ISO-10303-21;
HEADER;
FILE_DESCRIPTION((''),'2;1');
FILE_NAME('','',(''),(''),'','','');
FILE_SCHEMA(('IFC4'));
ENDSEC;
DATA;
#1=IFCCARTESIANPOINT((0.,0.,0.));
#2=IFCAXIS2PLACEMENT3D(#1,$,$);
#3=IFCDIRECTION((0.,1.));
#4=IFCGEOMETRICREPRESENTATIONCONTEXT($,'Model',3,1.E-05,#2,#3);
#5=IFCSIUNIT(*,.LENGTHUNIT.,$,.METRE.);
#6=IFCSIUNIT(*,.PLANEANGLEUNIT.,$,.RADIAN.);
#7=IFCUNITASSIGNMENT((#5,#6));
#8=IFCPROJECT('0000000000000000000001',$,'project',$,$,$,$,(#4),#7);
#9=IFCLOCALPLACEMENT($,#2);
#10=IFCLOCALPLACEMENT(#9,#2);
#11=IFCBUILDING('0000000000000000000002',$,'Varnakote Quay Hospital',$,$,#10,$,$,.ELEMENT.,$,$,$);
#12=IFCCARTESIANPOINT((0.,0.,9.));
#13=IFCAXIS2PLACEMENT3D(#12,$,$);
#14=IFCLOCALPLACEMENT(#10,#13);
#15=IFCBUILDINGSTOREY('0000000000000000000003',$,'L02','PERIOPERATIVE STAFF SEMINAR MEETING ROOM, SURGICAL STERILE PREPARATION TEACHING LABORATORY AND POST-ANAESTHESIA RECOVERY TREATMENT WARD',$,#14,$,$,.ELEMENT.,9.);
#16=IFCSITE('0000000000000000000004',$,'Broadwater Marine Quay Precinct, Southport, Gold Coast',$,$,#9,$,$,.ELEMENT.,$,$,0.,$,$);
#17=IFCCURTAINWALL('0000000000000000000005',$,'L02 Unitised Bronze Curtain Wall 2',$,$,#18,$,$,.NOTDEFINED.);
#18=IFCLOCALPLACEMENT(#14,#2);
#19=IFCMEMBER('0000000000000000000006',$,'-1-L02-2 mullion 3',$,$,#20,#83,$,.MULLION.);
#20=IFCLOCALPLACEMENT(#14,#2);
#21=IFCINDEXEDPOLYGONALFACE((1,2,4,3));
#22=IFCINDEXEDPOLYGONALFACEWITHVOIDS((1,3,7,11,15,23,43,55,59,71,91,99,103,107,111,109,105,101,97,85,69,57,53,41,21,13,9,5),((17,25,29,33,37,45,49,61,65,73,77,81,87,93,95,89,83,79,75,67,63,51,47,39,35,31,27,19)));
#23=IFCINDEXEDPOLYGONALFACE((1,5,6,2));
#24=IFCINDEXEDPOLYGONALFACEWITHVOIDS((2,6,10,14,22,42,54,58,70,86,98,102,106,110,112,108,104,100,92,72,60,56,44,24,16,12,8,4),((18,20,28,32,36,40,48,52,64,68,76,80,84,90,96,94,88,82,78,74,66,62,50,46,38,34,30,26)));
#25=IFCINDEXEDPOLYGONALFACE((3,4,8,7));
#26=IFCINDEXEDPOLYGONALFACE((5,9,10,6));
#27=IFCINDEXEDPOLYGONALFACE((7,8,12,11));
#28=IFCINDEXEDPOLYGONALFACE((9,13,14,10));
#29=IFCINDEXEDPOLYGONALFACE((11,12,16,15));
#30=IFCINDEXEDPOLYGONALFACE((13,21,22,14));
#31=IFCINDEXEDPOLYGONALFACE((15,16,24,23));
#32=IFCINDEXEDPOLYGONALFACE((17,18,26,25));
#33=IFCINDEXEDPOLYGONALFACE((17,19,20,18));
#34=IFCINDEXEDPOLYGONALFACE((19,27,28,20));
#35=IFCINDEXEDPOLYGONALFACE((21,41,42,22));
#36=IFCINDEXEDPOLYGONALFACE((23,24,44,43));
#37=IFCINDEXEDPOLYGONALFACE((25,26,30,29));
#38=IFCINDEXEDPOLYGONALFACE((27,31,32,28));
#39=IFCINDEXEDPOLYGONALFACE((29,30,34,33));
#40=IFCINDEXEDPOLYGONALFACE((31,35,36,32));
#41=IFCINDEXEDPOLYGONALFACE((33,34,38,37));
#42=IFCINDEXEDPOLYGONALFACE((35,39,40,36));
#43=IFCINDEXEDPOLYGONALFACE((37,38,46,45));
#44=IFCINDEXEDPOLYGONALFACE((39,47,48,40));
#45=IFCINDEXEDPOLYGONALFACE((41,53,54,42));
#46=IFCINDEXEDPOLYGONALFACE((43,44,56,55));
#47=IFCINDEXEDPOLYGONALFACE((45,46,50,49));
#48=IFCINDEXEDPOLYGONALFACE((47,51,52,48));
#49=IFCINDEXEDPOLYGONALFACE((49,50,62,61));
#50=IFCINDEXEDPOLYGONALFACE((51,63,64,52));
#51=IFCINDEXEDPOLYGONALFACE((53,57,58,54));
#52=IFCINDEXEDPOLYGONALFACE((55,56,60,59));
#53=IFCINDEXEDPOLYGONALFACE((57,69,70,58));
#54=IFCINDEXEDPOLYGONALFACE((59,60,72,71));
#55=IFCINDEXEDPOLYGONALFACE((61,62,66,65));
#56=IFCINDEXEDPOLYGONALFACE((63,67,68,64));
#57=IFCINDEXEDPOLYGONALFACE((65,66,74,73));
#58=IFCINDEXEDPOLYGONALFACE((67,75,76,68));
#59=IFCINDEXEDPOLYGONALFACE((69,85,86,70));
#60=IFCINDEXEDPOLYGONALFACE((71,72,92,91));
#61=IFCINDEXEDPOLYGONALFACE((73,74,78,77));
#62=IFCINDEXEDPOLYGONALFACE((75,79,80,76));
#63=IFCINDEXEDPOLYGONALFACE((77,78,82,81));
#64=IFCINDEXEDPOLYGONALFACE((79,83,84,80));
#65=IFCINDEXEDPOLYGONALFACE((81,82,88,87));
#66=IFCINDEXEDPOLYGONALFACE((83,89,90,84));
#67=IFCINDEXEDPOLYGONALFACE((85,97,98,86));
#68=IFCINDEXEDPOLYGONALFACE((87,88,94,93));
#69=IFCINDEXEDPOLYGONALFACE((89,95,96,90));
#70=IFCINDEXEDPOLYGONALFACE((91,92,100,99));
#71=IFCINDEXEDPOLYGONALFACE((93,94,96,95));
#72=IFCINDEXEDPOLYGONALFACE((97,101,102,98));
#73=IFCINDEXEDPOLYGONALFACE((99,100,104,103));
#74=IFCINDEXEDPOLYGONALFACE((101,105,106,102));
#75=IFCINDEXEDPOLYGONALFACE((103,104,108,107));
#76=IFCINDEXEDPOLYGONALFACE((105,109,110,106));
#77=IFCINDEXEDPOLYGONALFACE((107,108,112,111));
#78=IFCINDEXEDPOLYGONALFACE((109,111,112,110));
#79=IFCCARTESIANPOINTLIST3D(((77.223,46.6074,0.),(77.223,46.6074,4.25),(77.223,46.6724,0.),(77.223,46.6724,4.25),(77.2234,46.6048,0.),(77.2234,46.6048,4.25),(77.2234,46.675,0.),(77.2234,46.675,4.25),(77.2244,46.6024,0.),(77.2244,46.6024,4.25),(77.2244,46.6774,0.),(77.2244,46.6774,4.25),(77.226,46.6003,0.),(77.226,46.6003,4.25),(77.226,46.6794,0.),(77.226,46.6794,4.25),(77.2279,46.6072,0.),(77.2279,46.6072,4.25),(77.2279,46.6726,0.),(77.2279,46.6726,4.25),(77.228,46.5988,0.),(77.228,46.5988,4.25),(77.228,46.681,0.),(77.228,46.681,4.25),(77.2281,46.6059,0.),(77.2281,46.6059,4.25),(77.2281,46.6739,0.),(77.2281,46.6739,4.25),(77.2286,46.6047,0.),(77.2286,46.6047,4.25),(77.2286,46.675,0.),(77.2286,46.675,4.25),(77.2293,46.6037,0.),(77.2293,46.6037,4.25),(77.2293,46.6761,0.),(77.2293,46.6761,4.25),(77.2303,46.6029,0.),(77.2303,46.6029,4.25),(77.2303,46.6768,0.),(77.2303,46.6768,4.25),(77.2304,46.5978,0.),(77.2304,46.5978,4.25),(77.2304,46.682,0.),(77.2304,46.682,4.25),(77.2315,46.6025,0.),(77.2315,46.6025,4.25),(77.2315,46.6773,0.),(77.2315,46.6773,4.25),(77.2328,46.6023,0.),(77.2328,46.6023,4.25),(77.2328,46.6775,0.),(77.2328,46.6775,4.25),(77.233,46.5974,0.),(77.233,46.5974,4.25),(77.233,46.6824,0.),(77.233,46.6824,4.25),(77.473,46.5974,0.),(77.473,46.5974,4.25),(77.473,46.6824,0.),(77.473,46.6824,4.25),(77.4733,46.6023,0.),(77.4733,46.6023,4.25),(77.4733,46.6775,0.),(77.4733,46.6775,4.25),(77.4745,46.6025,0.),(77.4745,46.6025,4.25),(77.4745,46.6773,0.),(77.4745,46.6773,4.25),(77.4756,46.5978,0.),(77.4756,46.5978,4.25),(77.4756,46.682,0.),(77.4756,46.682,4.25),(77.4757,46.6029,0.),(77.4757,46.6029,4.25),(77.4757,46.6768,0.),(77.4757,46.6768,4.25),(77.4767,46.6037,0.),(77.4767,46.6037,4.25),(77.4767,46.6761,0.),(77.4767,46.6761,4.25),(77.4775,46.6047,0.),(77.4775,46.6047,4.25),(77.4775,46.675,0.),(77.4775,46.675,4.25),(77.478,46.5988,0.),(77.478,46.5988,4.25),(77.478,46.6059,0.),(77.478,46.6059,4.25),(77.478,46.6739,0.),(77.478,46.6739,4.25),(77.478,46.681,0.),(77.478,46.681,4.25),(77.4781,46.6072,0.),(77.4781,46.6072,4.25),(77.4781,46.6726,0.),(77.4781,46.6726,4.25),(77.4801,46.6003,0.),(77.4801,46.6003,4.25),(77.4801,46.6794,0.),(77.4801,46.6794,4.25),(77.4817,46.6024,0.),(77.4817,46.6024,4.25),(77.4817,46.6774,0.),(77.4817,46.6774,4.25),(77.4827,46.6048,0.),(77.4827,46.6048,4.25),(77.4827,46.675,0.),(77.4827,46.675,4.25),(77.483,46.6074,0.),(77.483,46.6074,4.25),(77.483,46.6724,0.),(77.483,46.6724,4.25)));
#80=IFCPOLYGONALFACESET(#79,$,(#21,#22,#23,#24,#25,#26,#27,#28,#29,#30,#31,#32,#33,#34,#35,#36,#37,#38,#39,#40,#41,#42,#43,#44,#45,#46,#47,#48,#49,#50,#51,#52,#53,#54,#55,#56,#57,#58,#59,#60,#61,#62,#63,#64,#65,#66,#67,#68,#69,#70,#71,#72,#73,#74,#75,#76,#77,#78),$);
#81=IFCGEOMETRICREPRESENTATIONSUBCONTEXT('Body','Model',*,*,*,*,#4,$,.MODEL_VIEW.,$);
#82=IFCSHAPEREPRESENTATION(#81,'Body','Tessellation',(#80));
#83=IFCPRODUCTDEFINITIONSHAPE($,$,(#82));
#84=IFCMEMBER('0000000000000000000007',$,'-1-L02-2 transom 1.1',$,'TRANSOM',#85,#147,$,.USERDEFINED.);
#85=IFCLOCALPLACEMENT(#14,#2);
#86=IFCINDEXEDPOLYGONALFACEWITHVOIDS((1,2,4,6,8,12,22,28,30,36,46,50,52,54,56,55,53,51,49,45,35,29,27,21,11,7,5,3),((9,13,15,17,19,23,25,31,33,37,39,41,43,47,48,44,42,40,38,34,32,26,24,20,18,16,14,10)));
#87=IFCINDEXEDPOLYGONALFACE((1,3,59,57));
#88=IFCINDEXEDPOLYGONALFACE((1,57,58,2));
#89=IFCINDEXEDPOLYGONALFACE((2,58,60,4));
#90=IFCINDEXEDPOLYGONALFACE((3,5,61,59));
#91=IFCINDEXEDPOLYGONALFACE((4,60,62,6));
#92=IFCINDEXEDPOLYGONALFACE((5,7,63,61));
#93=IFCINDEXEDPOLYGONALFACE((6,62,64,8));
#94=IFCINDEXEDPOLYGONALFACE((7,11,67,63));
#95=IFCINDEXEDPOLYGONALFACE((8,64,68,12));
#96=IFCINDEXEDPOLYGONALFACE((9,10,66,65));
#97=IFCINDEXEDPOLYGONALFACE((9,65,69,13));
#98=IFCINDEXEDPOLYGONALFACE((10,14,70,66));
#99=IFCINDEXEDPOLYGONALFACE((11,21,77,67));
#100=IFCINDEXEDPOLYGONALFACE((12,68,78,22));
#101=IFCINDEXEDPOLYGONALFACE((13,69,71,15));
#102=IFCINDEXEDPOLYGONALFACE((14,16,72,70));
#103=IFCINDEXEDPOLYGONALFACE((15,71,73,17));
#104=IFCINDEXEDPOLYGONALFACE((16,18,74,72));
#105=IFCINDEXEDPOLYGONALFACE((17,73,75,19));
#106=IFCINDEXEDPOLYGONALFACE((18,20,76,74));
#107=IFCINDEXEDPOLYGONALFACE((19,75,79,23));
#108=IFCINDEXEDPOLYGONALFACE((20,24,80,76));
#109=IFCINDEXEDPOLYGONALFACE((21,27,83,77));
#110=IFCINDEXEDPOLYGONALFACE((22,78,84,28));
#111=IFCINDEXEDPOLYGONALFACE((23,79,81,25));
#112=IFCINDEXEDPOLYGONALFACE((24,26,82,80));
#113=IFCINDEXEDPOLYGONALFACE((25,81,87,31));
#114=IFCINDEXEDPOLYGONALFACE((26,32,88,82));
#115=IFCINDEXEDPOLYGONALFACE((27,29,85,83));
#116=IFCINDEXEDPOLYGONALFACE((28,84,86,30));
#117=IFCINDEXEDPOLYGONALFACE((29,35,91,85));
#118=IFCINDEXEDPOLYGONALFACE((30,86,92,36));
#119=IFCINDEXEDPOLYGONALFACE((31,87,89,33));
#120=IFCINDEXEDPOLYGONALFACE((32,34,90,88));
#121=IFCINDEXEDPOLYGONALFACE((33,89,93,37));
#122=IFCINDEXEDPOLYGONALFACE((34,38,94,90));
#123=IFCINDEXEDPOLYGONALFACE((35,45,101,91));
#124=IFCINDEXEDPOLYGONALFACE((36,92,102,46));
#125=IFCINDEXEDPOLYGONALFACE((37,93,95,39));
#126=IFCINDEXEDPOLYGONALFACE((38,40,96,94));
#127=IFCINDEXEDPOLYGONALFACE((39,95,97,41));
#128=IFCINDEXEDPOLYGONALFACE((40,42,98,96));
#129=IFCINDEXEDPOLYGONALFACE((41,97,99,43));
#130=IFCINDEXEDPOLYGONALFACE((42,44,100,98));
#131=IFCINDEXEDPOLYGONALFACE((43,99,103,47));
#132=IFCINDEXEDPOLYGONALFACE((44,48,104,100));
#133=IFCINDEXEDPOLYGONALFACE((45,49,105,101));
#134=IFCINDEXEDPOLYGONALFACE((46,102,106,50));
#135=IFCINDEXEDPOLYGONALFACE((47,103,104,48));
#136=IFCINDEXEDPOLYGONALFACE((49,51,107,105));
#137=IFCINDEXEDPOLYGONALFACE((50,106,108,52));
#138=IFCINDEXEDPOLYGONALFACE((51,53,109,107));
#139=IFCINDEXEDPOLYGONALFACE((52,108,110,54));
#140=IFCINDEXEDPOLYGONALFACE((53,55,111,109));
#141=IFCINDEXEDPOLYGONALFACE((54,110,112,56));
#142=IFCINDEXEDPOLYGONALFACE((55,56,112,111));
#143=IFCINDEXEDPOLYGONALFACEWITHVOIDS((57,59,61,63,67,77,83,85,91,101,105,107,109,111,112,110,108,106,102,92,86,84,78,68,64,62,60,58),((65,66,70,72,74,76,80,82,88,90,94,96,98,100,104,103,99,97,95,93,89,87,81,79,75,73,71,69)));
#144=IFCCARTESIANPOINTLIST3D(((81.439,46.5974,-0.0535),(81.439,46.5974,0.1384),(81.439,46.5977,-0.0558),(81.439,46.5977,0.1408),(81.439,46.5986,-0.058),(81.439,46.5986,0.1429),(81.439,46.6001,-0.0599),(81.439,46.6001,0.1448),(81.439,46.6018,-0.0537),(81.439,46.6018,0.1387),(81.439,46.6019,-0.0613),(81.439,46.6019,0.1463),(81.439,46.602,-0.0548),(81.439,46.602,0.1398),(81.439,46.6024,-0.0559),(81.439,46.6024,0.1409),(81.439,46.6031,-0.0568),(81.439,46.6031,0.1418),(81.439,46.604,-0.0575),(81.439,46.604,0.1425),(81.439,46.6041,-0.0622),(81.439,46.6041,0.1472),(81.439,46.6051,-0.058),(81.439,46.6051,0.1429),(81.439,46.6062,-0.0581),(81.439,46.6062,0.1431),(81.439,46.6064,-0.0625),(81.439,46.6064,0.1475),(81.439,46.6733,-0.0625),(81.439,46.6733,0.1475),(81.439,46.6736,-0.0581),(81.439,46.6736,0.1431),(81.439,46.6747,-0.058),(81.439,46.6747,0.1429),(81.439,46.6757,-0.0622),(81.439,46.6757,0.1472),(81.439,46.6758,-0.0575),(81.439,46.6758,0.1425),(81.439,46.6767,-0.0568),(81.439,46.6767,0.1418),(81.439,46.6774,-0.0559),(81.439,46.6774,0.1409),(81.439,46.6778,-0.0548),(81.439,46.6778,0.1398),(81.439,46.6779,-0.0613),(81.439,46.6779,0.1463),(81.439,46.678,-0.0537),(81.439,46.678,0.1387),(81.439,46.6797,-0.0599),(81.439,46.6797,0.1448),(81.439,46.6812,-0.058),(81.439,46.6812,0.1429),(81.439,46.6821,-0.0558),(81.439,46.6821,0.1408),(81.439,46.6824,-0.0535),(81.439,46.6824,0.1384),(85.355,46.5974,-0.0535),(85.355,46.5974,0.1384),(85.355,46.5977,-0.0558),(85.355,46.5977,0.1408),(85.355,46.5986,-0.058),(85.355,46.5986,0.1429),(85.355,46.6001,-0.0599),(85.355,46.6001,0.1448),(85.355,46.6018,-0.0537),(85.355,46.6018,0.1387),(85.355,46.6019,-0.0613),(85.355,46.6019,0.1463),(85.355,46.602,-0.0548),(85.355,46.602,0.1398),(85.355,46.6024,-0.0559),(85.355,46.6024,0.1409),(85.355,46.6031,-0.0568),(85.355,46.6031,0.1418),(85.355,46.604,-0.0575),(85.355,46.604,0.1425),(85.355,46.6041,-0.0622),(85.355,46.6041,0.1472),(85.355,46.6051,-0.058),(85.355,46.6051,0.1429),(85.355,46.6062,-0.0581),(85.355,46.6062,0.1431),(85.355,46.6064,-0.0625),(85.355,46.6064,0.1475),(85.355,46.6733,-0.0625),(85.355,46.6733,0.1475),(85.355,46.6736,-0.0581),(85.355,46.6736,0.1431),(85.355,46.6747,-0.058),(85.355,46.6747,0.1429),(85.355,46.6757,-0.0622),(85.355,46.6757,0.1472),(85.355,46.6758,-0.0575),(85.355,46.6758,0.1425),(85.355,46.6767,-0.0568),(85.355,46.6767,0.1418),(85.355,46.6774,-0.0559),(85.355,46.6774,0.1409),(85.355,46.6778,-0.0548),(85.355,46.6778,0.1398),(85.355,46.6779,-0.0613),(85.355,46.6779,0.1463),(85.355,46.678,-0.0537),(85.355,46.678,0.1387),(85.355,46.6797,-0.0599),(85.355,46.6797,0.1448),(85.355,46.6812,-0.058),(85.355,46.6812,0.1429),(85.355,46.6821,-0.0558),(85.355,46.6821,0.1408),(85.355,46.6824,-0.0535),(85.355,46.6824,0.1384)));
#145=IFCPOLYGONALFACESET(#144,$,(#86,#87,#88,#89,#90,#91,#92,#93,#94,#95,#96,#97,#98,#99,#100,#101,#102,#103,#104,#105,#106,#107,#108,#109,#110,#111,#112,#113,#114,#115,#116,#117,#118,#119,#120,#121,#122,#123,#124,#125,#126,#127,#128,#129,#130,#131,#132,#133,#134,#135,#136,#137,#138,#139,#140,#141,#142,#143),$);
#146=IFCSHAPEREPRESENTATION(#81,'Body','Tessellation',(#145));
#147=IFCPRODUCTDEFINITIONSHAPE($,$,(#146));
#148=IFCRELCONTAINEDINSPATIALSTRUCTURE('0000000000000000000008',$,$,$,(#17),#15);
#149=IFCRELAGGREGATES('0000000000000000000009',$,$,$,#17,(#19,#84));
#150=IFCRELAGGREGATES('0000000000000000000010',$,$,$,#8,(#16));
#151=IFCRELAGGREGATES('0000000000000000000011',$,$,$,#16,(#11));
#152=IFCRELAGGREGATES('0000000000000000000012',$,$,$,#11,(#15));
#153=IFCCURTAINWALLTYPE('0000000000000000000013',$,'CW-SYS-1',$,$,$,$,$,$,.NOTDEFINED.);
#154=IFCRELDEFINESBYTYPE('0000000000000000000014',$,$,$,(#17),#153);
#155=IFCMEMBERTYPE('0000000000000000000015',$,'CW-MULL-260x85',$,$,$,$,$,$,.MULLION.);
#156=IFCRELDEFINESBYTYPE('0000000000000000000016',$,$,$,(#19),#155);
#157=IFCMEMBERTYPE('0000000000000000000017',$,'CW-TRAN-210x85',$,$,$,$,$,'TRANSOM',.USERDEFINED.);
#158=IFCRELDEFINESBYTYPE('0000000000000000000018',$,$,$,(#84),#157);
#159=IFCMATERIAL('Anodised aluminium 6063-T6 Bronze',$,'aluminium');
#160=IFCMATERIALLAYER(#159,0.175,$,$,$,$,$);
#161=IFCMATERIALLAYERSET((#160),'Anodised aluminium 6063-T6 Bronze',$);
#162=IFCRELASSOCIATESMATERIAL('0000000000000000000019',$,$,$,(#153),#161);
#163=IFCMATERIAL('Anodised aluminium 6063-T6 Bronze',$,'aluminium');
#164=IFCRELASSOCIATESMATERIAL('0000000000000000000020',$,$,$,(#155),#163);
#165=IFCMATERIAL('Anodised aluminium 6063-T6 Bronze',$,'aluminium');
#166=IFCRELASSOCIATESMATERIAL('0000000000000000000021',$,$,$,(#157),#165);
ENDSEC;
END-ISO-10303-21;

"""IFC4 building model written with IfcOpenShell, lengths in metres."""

from ifc_helpers import new_model, si_unit, direction, frame, origin, origin_2d, place, context, subcontext, project, spatial, hollow_rectangle, extrude, material, layer, layer_set, material_profile, profile_set, type_object, element, aggregate, save


model = new_model("IFC4")

# Units and contexts
model_context = context("Model", 3, precision=1e-05, world=origin(), true_north=direction((0.0, 1.0)))
body_context = subcontext(model_context, "Body", "Model", "MODEL_VIEW")
ifc_project = project(units=[si_unit("LENGTHUNIT", "METRE"), si_unit("PLANEANGLEUNIT", "RADIAN")], contexts=[model_context])

# Site, building, storey
site_placement = place(None, origin())
site = spatial("IfcSite", under=ifc_project, at=site_placement, Name="Broadwater Marine Quay Precinct, Southport, Gold Coast", CompositionType="ELEMENT", RefElevation=0.0)
building_placement = place(site_placement, origin())
building = spatial("IfcBuilding", under=site, at=building_placement, Name="Varnakote Quay Hospital", CompositionType="ELEMENT")
storey_placement = place(building_placement, frame((0.0, 0.0, 9.0)))
storey = spatial("IfcBuildingStorey", under=building, at=storey_placement, Name="L02", Description="PERIOPERATIVE STAFF SEMINAR MEETING ROOM, SURGICAL STERILE PREPARATION TEACHING LABORATORY AND POST-ANAESTHESIA RECOVERY TREATMENT WARD", CompositionType="ELEMENT", Elevation=9.0)

# Shared definitions
ifc_material_1 = material(Name="Anodised aluminium 6063-T6 Bronze", Category="aluminium")
ifc_layer_1 = layer(ifc_material_1, 0.175)
ifc_layer_set_1 = layer_set([ifc_layer_1], Name="Anodised aluminium 6063-T6 Bronze")
curtain_wall_type = type_object("IfcCurtainWallType", Name="CW-SYS-1", PredefinedType="NOTDEFINED", material=ifc_layer_set_1)
ifc_material_2 = material(Name="Anodised aluminium 6063-T6 Bronze", Category="aluminium")
ifc_material_profile_1 = material_profile(ifc_material_2, hollow_rectangle(XDim=0.085, YDim=0.26, WallThickness=0.0049, InnerFilletRadius=0.0049, OuterFilletRadius=0.01, at=origin_2d()), Name="CW-MULL-260x85")
ifc_profile_set_1 = profile_set([ifc_material_profile_1], Name="Anodised aluminium 6063-T6 Bronze")
member_type_1 = type_object("IfcMemberType", Name="CW-MULL-260x85", PredefinedType="MULLION", material=ifc_profile_set_1)

# Curtain wall, members
curtain_wall_1_placement = place(storey_placement, origin())
curtain_wall_1 = element("IfcCurtainWall", 1, at=curtain_wall_1_placement, inside=storey, type_object=curtain_wall_type, Name="L02 Unitised Bronze Curtain Wall 2", PredefinedType="NOTDEFINED")
member_1_placement = place(storey_placement, frame((77.353, 46.6399, 0.0), z_axis=(0.0, 0.0, 1.0), x_axis=(0.0, -1.0, 0.0)))
member_1 = element("IfcMember", 2, at=member_1_placement, type_object=member_type_1, Name="-1-L02-2 mullion 3", PredefinedType="MULLION", context=body_context, shape_type="SweptSolid", body=[
    extrude(hollow_rectangle(XDim=0.085, YDim=0.26, WallThickness=0.0049, InnerFilletRadius=0.0049, OuterFilletRadius=0.01, at=origin_2d()), origin(), (0.0, 0.0, 1.0), 4.25),
])
ifc_material_3 = material(Name="Anodised aluminium 6063-T6 Bronze", Category="aluminium")
ifc_material_profile_2 = material_profile(ifc_material_3, hollow_rectangle(XDim=0.085, YDim=0.21, WallThickness=0.0044, InnerFilletRadius=0.0044, OuterFilletRadius=0.009, at=origin_2d()), Name="CW-TRAN-210x85")
ifc_profile_set_2 = profile_set([ifc_material_profile_2], Name="Anodised aluminium 6063-T6 Bronze")
member_type_2 = type_object("IfcMemberType", Name="CW-TRAN-210x85", ElementType="TRANSOM", PredefinedType="USERDEFINED", material=ifc_profile_set_2)
member_2_placement = place(storey_placement, frame((85.355, 46.6399, 0.0425), z_axis=(-1.0, 0.0, 0.0), x_axis=(0.0, -1.0, 0.0)))
member_2 = element("IfcMember", 3, at=member_2_placement, type_object=member_type_2, Name="-1-L02-2 transom 1.1", ObjectType="TRANSOM", PredefinedType="USERDEFINED", context=body_context, shape_type="SweptSolid", body=[
    extrude(hollow_rectangle(XDim=0.085, YDim=0.21, WallThickness=0.0044, InnerFilletRadius=0.0044, OuterFilletRadius=0.009, at=origin_2d()), origin(), (0.0, 0.0, 1.0), 3.916),
])

aggregate(curtain_wall_1, [member_1, member_2])

save(model, "model.ifc")
